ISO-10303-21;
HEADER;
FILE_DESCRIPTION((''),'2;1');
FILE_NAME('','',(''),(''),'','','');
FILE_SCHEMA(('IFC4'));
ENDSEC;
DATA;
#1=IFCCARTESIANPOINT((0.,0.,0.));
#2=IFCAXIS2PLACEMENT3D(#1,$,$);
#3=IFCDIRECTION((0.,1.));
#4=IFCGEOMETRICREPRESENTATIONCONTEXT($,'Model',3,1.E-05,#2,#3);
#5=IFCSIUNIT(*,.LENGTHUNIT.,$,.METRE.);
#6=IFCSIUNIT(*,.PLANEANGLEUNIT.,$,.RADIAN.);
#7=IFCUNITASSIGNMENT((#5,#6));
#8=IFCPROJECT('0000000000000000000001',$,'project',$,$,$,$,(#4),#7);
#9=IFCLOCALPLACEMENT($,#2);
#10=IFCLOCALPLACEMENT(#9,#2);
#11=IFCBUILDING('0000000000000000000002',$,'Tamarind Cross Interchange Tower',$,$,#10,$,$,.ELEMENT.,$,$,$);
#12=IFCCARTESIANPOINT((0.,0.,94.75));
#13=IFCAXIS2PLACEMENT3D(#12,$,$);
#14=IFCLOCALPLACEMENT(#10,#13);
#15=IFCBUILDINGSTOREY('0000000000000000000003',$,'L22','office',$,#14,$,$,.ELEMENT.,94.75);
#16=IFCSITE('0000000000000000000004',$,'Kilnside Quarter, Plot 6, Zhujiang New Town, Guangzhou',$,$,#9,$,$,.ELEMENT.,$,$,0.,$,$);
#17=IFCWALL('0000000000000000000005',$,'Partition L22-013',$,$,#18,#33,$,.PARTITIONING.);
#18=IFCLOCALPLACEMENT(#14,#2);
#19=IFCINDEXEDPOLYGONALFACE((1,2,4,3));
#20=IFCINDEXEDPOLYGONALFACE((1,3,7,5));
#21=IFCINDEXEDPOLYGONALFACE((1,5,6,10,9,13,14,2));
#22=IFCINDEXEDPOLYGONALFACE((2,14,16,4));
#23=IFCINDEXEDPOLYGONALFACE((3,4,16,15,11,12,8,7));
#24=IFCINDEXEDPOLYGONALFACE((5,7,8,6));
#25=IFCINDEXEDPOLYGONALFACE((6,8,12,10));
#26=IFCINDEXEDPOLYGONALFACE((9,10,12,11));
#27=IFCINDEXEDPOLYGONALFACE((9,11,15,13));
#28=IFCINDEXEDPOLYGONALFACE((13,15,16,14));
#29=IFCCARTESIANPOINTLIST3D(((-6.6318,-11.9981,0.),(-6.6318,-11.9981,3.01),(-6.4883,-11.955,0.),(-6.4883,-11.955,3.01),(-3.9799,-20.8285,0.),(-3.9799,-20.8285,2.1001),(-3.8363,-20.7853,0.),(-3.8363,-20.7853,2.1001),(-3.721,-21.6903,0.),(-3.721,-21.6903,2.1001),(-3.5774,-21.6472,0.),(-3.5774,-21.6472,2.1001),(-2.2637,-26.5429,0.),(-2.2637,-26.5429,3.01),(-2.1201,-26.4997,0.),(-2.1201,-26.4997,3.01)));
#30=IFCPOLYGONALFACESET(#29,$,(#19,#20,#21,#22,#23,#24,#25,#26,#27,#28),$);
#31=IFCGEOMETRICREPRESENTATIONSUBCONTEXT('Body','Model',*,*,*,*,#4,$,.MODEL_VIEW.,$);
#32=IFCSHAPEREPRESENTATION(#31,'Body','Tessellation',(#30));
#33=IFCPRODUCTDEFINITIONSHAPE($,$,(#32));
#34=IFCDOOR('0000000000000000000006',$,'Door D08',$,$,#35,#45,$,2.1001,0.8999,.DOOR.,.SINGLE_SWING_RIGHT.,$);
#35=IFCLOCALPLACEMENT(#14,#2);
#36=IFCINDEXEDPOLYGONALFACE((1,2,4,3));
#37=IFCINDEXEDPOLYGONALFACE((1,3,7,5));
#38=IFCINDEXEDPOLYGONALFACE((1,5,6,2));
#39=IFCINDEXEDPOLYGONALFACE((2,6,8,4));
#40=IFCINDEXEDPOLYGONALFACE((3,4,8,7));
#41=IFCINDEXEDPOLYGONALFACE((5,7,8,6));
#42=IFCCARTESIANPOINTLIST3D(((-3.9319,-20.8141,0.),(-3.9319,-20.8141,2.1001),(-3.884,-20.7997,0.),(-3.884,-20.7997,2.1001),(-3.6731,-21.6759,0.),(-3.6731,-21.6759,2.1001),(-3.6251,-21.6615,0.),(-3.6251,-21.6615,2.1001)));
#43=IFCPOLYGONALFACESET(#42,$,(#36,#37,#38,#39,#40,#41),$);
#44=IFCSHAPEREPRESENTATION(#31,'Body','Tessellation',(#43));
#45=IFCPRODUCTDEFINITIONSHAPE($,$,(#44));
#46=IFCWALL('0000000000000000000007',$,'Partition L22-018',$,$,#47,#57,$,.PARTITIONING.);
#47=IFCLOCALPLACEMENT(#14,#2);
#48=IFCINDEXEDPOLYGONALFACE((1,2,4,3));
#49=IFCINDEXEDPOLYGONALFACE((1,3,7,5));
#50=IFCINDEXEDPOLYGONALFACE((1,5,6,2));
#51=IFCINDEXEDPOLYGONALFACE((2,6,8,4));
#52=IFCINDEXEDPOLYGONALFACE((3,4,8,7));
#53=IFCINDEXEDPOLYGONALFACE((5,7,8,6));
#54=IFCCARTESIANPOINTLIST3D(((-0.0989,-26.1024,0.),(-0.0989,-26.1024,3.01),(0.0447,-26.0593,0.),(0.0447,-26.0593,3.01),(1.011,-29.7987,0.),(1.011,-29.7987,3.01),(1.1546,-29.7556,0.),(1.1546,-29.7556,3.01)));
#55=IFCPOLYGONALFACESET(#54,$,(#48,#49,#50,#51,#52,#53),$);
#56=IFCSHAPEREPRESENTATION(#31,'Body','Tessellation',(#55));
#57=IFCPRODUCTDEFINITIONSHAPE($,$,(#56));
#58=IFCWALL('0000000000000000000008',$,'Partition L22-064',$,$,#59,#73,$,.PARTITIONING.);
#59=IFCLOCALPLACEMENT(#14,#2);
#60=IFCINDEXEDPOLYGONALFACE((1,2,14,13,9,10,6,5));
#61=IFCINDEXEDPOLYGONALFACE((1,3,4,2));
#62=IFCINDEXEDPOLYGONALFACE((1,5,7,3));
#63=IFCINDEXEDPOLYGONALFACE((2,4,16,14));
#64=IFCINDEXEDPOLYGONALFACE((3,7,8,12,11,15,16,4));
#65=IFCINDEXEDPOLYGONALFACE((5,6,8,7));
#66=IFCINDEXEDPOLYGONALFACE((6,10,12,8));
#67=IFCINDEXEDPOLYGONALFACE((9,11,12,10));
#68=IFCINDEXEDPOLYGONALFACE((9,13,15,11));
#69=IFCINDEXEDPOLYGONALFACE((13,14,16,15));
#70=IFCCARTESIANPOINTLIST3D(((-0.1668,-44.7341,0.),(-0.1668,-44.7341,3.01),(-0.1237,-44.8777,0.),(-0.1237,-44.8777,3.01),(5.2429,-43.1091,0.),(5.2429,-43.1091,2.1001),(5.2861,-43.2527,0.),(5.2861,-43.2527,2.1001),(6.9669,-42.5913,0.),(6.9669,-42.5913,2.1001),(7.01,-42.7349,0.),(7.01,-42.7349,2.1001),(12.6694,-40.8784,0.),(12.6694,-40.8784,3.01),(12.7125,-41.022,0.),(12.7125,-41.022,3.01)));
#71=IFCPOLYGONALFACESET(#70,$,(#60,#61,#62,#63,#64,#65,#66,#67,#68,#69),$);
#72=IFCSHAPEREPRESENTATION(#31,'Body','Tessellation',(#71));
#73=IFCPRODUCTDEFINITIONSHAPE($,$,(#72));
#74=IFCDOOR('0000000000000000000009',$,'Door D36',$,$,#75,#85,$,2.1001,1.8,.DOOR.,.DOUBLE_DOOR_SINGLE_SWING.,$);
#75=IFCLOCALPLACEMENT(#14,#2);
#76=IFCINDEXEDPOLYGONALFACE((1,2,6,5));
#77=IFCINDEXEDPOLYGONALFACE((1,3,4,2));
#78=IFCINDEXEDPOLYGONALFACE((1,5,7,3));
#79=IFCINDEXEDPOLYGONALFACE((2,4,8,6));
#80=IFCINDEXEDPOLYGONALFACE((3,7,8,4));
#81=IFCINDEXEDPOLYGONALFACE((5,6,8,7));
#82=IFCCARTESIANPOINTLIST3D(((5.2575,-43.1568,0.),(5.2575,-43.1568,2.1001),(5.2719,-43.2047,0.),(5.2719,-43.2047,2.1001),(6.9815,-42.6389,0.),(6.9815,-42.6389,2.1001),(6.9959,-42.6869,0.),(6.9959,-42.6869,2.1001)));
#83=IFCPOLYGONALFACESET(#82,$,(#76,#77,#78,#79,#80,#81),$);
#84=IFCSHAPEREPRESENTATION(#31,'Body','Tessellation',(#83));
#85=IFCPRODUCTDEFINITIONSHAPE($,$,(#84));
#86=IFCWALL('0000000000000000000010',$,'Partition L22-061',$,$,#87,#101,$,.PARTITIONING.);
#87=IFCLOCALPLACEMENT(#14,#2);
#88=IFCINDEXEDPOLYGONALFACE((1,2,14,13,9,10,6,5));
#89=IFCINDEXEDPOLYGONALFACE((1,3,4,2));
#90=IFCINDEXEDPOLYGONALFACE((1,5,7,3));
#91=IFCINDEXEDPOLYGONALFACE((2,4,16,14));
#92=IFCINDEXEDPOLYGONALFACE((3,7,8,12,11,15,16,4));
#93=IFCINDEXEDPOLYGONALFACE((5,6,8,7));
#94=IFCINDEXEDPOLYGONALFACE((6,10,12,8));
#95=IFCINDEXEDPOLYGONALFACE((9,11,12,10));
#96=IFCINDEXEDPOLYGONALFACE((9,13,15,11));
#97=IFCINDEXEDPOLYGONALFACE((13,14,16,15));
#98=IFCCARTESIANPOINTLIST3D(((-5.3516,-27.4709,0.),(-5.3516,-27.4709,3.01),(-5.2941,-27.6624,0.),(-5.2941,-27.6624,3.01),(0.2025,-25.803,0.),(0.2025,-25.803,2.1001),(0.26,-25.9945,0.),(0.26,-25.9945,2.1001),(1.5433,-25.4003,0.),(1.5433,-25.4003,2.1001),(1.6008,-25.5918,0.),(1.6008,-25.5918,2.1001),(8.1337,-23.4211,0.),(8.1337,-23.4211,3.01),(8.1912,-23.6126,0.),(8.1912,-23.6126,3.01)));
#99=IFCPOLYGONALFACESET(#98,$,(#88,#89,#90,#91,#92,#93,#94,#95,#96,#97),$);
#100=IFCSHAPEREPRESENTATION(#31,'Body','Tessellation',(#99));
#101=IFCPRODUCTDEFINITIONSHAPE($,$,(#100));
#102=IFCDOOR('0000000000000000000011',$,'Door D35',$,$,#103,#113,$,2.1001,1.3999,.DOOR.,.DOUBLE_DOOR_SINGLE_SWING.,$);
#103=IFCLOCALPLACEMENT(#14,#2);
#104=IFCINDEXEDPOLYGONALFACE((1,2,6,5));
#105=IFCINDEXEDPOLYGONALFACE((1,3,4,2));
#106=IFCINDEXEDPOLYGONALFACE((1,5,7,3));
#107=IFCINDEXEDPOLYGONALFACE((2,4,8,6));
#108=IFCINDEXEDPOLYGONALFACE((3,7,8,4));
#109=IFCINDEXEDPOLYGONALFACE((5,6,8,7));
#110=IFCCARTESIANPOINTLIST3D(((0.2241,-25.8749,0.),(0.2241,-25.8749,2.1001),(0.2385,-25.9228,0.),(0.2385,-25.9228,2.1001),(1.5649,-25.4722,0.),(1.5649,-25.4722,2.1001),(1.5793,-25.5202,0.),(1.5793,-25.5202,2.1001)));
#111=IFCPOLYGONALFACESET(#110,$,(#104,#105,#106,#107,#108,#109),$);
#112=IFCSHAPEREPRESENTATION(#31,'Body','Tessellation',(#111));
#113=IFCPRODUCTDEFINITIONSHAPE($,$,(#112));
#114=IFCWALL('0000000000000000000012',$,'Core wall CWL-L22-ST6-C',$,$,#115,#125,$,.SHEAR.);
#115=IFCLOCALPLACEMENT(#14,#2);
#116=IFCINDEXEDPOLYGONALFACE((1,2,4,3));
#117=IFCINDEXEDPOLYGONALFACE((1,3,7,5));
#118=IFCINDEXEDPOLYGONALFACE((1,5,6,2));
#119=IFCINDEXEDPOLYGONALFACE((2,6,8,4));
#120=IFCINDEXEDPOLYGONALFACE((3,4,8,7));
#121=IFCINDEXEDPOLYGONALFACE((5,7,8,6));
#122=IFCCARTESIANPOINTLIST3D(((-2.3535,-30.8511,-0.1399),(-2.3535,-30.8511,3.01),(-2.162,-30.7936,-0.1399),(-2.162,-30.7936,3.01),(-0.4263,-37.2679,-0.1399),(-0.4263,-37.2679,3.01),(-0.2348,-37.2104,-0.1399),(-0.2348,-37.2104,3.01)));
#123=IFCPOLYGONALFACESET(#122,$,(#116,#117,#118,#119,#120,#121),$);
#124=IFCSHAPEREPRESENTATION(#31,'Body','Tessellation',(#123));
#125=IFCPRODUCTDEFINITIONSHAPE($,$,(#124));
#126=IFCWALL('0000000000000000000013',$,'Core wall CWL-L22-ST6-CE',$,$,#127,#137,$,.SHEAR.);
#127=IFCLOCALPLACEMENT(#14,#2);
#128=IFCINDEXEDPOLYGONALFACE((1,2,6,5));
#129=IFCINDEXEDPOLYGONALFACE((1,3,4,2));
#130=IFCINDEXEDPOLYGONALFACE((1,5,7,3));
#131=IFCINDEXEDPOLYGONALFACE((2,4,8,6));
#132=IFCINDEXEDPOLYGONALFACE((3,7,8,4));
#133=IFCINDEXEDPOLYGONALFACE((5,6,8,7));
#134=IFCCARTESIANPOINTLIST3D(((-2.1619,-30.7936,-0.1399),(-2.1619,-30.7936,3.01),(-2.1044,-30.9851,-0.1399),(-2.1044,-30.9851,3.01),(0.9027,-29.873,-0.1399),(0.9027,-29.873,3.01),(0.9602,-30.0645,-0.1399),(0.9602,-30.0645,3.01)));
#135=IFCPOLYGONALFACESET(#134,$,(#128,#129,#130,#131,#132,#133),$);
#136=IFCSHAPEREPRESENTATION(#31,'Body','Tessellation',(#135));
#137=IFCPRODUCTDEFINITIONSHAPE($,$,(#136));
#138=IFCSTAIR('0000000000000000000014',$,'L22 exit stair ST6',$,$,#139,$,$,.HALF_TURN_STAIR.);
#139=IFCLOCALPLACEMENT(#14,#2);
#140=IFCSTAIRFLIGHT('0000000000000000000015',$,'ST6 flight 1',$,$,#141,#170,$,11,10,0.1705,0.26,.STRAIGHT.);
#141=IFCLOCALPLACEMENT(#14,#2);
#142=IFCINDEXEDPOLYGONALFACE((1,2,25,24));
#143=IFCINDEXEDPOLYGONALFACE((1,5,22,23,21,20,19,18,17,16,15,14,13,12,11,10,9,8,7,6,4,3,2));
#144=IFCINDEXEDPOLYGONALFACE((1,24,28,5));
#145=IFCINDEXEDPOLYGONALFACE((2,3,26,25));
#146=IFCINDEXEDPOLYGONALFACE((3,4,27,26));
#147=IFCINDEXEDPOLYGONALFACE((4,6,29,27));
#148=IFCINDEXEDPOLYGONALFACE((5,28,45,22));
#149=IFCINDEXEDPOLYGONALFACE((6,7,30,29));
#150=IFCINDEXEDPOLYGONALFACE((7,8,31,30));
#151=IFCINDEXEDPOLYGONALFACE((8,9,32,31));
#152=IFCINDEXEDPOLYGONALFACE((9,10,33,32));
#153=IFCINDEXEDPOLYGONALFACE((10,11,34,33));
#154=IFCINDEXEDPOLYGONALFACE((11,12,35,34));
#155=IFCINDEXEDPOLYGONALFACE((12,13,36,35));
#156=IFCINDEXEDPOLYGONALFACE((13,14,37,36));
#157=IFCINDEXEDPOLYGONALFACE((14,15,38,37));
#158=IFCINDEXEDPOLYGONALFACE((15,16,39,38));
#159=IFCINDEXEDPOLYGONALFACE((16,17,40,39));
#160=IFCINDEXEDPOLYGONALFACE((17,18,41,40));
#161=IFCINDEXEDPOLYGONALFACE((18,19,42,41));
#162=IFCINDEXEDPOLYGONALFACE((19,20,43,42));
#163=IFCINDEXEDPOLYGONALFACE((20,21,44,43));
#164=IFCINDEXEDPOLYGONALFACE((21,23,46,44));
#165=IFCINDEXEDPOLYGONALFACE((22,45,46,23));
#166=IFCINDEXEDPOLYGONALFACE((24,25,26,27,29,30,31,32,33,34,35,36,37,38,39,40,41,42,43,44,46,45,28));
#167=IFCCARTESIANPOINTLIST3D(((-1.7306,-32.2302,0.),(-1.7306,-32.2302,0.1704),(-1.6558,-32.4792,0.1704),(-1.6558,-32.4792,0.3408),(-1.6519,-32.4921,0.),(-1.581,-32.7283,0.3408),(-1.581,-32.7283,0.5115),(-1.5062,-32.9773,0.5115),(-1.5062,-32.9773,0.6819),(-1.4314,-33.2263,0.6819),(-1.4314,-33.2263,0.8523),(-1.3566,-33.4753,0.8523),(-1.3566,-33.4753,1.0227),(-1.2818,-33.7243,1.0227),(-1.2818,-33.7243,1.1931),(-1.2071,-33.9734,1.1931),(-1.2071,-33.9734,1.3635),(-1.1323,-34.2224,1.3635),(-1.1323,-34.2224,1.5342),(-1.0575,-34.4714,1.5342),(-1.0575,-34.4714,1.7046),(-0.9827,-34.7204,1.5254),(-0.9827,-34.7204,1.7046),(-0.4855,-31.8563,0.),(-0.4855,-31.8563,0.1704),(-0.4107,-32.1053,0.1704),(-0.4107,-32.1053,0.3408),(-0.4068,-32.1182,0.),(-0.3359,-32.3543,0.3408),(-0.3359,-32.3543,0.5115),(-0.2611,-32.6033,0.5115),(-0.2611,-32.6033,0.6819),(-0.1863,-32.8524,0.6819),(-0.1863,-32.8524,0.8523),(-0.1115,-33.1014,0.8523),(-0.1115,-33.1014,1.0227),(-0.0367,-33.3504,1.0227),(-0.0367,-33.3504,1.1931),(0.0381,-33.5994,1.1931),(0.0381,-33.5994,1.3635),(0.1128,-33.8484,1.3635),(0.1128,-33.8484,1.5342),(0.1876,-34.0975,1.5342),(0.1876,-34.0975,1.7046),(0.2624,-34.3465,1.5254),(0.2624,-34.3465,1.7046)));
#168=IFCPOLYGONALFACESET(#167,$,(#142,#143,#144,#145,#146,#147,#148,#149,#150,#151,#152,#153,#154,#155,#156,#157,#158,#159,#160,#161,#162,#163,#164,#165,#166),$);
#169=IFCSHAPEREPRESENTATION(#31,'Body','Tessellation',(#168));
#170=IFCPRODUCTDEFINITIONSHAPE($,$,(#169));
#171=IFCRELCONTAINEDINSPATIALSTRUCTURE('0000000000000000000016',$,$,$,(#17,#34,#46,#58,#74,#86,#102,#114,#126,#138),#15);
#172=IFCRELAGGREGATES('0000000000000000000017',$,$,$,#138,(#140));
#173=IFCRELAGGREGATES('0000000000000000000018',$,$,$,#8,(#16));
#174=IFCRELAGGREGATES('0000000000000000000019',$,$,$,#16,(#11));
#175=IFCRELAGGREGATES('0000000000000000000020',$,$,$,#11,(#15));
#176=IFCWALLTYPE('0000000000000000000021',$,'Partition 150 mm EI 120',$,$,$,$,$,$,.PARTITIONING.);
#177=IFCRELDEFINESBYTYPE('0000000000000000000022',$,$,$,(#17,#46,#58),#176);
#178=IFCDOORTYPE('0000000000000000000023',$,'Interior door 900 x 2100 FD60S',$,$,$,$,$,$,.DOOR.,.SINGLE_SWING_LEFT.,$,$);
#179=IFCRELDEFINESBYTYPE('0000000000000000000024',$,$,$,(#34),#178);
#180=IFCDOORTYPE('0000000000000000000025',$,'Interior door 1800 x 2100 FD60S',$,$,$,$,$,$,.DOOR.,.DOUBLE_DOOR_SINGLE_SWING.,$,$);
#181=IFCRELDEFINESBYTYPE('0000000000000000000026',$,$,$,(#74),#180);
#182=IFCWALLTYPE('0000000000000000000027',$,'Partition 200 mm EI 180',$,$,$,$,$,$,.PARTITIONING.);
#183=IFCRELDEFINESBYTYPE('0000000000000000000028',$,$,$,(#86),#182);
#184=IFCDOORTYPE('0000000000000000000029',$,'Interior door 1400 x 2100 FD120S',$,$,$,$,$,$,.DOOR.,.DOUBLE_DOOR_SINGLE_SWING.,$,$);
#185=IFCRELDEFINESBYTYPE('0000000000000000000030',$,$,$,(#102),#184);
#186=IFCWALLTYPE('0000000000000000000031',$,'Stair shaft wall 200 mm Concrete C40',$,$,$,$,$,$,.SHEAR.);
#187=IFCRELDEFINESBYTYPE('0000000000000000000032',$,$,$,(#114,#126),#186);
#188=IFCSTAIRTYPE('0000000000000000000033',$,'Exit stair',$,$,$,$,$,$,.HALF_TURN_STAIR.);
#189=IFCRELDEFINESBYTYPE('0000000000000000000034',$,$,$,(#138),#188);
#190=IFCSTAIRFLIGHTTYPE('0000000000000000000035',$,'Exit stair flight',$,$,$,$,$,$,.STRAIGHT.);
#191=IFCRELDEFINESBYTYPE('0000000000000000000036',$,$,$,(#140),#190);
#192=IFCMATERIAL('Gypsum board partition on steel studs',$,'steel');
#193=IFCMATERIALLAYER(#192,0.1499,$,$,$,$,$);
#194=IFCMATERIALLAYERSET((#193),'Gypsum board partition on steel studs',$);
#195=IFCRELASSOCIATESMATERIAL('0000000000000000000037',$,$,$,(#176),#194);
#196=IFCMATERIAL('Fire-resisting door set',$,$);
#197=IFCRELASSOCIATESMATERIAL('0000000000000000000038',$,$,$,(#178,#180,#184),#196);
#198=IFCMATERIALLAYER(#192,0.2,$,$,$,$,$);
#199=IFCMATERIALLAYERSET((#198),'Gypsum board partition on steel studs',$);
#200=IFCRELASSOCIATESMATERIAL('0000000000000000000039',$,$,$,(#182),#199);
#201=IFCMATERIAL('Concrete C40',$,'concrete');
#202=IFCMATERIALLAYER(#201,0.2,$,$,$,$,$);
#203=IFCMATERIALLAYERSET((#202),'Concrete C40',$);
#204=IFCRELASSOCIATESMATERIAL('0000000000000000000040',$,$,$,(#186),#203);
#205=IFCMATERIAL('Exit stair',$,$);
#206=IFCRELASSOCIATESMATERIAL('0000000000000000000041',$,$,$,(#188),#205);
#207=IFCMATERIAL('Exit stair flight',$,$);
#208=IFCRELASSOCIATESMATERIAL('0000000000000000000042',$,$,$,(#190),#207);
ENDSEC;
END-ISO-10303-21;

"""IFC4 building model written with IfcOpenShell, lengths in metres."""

from ifc_helpers import new_model, si_unit, direction, frame, frame_2d, origin, place, context, subcontext, project, spatial, polyline, rectangle, outline, extrude, material, layer, layer_set, type_object, element, fill, aggregate, save


model = new_model("IFC4")

# Units and contexts
model_context = context("Model", 3, precision=1e-05, world=origin(), true_north=direction((0.0, 1.0)))
body_context = subcontext(model_context, "Body", "Model", "MODEL_VIEW")
ifc_project = project(units=[si_unit("LENGTHUNIT", "METRE"), si_unit("PLANEANGLEUNIT", "RADIAN")], contexts=[model_context])

# Site, building, storey
site_placement = place(None, origin())
site = spatial("IfcSite", under=ifc_project, at=site_placement, Name="Kilnside Quarter, Plot 6, Zhujiang New Town, Guangzhou", CompositionType="ELEMENT", RefElevation=0.0)
building_placement = place(site_placement, origin())
building = spatial("IfcBuilding", under=site, at=building_placement, Name="Tamarind Cross Interchange Tower", CompositionType="ELEMENT")
storey_placement = place(building_placement, frame((0.0, 0.0, 94.75)))
storey = spatial("IfcBuildingStorey", under=building, at=storey_placement, Name="L22", Description="office", CompositionType="ELEMENT", Elevation=94.75)

# Shared definitions
ifc_material_1 = material(Name="Gypsum board partition on steel studs", Category="steel")
ifc_layer_1 = layer(ifc_material_1, 0.1499)
ifc_layer_set_1 = layer_set([ifc_layer_1], Name="Gypsum board partition on steel studs")
wall_type_1 = type_object("IfcWallType", Name="Partition 150 mm EI 120", PredefinedType="PARTITIONING", material=ifc_layer_set_1)

# Wall, opening, door
wall_1_placement = place(storey_placement, frame((-6.5601, -11.9766, 0.0), z_axis=(0.0, 0.0, 1.0), x_axis=(0.287635, -0.95774, 0.0)))
wall_1 = element("IfcWall", 1, at=wall_1_placement, inside=storey, type_object=wall_type_1, Name="Partition L22-013", PredefinedType="PARTITIONING", context=body_context, shape_type="SweptSolid", body=[
    extrude(rectangle(XDim=15.1865, YDim=0.1499, at=frame_2d((7.5933, 0.0))), origin(), (0.0, 0.0, 1.0), 3.01),
])
opening_1_placement = place(wall_1_placement, frame((9.22, 0.0, 0.0)))
opening_1 = element("IfcOpeningElement", 2, at=opening_1_placement, cuts=wall_1, PredefinedType="OPENING", context=body_context, shape_type="SweptSolid", body=[
    extrude(rectangle(XDim=0.8999, YDim=2.1001, at=frame_2d((0.45, 1.05))), frame((0.0, 0.085, 0.0), z_axis=(0.0, -1.0, 0.0), x_axis=(1.0, 0.0, 0.0)), (0.0, 0.0, 1.0), 0.1699),
])
ifc_material_2 = material(Name="Fire-resisting door set")
door_type_1 = type_object("IfcDoorType", Name="Interior door 900 x 2100 FD60S", OperationType="SINGLE_SWING_LEFT", PredefinedType="DOOR", material=ifc_material_2)
door_1_placement = place(opening_1_placement, frame((0.8999, 0.0, 0.0), z_axis=(0.0, 0.0, 1.0), x_axis=(-1.0, 0.0, 0.0)))
door_1 = element("IfcDoor", 3, at=door_1_placement, inside=storey, type_object=door_type_1, Name="Door D08", OperationType="SINGLE_SWING_RIGHT", OverallHeight=2.1001, OverallWidth=0.8999, PredefinedType="DOOR", context=body_context, shape_type="SweptSolid", body=[
    extrude(rectangle(XDim=0.8999, YDim=2.1001, at=frame_2d((0.45, 1.05))), frame((0.0, 0.0249, 0.0), z_axis=(0.0, -1.0, 0.0), x_axis=(1.0, 0.0, 0.0)), (0.0, 0.0, 1.0), 0.05),
])
fill(opening_1, door_1)

# Wall
wall_2_placement = place(storey_placement, frame((-0.0271, -26.0808, 0.0), z_axis=(0.0, 0.0, 1.0), x_axis=(0.28758, -0.957757, 0.0)))
element("IfcWall", 4, at=wall_2_placement, inside=storey, type_object=wall_type_1, Name="Partition L22-018", PredefinedType="PARTITIONING", context=body_context, shape_type="SweptSolid", body=[
    extrude(rectangle(XDim=3.8594, YDim=0.1499, at=frame_2d((1.9297, 0.0))), origin(), (0.0, 0.0, 1.0), 3.01),
])

# Walls, openings, doors
wall_3_placement = place(storey_placement, frame((-0.1453, -44.8059, 0.0), z_axis=(0.0, 0.0, 1.0), x_axis=(0.957726, 0.28768, 0.0)))
wall_3 = element("IfcWall", 5, at=wall_3_placement, inside=storey, type_object=wall_type_1, Name="Partition L22-064", PredefinedType="PARTITIONING", context=body_context, shape_type="SweptSolid", body=[
    extrude(rectangle(XDim=13.4028, YDim=0.1499, at=frame_2d((6.7014, 0.0))), origin(), (0.0, 0.0, 1.0), 3.01),
])
opening_2_placement = place(wall_3_placement, frame((5.6487, 0.0, 0.0)))
opening_2 = element("IfcOpeningElement", 6, at=opening_2_placement, cuts=wall_3, PredefinedType="OPENING", context=body_context, shape_type="SweptSolid", body=[
    extrude(rectangle(XDim=1.8, YDim=2.1001, at=frame_2d((0.8999, 1.05))), frame((0.0, 0.085, 0.0), z_axis=(0.0, -1.0, 0.0), x_axis=(1.0, 0.0, 0.0)), (0.0, 0.0, 1.0), 0.1699),
])
door_type_2 = type_object("IfcDoorType", Name="Interior door 1800 x 2100 FD60S", OperationType="DOUBLE_DOOR_SINGLE_SWING", PredefinedType="DOOR", material=ifc_material_2)
door_2_placement = place(opening_2_placement, frame((1.8, 0.0, 0.0), z_axis=(0.0, 0.0, 1.0), x_axis=(-1.0, 0.0, 0.0)))
door_2 = element("IfcDoor", 7, at=door_2_placement, inside=storey, type_object=door_type_2, Name="Door D36", OperationType="DOUBLE_DOOR_SINGLE_SWING", OverallHeight=2.1001, OverallWidth=1.8, PredefinedType="DOOR", context=body_context, shape_type="SweptSolid", body=[
    extrude(rectangle(XDim=1.8, YDim=2.1001, at=frame_2d((0.8999, 1.05))), frame((0.0, 0.0249, 0.0), z_axis=(0.0, -1.0, 0.0), x_axis=(1.0, 0.0, 0.0)), (0.0, 0.0, 1.0), 0.05),
])
fill(opening_2, door_2)
ifc_layer_2 = layer(ifc_material_1, 0.2)
ifc_layer_set_2 = layer_set([ifc_layer_2], Name="Gypsum board partition on steel studs")
wall_type_2 = type_object("IfcWallType", Name="Partition 200 mm EI 180", PredefinedType="PARTITIONING", material=ifc_layer_set_2)
wall_4_placement = place(storey_placement, frame((-5.3228, -27.5667, 0.0), z_axis=(0.0, 0.0, 1.0), x_axis=(0.957744, 0.287621, 0.0)))
wall_4 = element("IfcWall", 8, at=wall_4_placement, inside=storey, type_object=wall_type_2, Name="Partition L22-061", PredefinedType="PARTITIONING", context=body_context, shape_type="SweptSolid", body=[
    extrude(rectangle(XDim=14.0803, YDim=0.2, at=frame_2d((7.04, 0.0))), origin(), (0.0, 0.0, 1.0), 3.01),
])
opening_3_placement = place(wall_4_placement, frame((5.7991, 0.0, 0.0)))
opening_3 = element("IfcOpeningElement", 9, at=opening_3_placement, cuts=wall_4, PredefinedType="OPENING", context=body_context, shape_type="SweptSolid", body=[
    extrude(rectangle(XDim=1.3999, YDim=2.1001, at=frame_2d((0.7, 1.05))), frame((0.0, 0.1099, 0.0), z_axis=(0.0, -1.0, 0.0), x_axis=(1.0, 0.0, 0.0)), (0.0, 0.0, 1.0), 0.22),
])
door_type_3 = type_object("IfcDoorType", Name="Interior door 1400 x 2100 FD120S", OperationType="DOUBLE_DOOR_SINGLE_SWING", PredefinedType="DOOR", material=ifc_material_2)
door_3_placement = place(opening_3_placement, origin())
door_3 = element("IfcDoor", 10, at=door_3_placement, inside=storey, type_object=door_type_3, Name="Door D35", OperationType="DOUBLE_DOOR_SINGLE_SWING", OverallHeight=2.1001, OverallWidth=1.3999, PredefinedType="DOOR", context=body_context, shape_type="SweptSolid", body=[
    extrude(rectangle(XDim=1.3999, YDim=2.1001, at=frame_2d((0.7, 1.05))), frame((0.0, 0.0249, 0.0), z_axis=(0.0, -1.0, 0.0), x_axis=(1.0, 0.0, 0.0)), (0.0, 0.0, 1.0), 0.05),
])
fill(opening_3, door_3)

# Walls
ifc_material_3 = material(Name="Concrete C40", Category="concrete")
ifc_layer_3 = layer(ifc_material_3, 0.2)
ifc_layer_set_3 = layer_set([ifc_layer_3], Name="Concrete C40")
wall_type_3 = type_object("IfcWallType", Name="Stair shaft wall 200 mm Concrete C40", PredefinedType="SHEAR", material=ifc_layer_set_3)
wall_5_placement = place(storey_placement, frame((-2.2578, -30.8223, -0.1399), z_axis=(0.0, 0.0, 1.0), x_axis=(0.287652, -0.957735, 0.0)))
element("IfcWall", 11, at=wall_5_placement, inside=storey, type_object=wall_type_3, Name="Core wall CWL-L22-ST6-C", PredefinedType="SHEAR", context=body_context, shape_type="SweptSolid", body=[
    extrude(rectangle(XDim=6.7, YDim=0.2, at=frame_2d((3.3501, 0.0))), origin(), (0.0, 0.0, 1.0), 3.1499),
])
wall_6_placement = place(storey_placement, frame((-2.1333, -30.8894, -0.1399), z_axis=(0.0, 0.0, 1.0), x_axis=(0.957719, 0.287705, 0.0)))
element("IfcWall", 12, at=wall_6_placement, inside=storey, type_object=wall_type_3, Name="Core wall CWL-L22-ST6-CE", PredefinedType="SHEAR", context=body_context, shape_type="SweptSolid", body=[
    extrude(rectangle(XDim=3.2, YDim=0.2, at=frame_2d((1.6001, 0.0))), origin(), (0.0, 0.0, 1.0), 3.1499),
])

# Stair, stair flight
ifc_material_4 = material(Name="Exit stair")
stair_type = type_object("IfcStairType", Name="Exit stair", PredefinedType="HALF_TURN_STAIR", material=ifc_material_4)
stair_placement = place(storey_placement, origin())
stair = element("IfcStair", 13, at=stair_placement, inside=storey, type_object=stair_type, Name="L22 exit stair ST6", PredefinedType="HALF_TURN_STAIR")
ifc_material_5 = material(Name="Exit stair flight")
stair_flight_type = type_object("IfcStairFlightType", Name="Exit stair flight", PredefinedType="STRAIGHT", material=ifc_material_5)
stair_flight_placement = place(storey_placement, frame((-1.1079, -32.0432, 0.0), z_axis=(0.0, 0.0, 1.0), x_axis=(0.287641, -0.957738, 0.0)))
stair_flight = element("IfcStairFlight", 14, at=stair_flight_placement, type_object=stair_flight_type, Name="ST6 flight 1", NumberOfRisers=11, NumberOfTreads=10, PredefinedType="STRAIGHT", RiserHeight=0.1705, TreadLength=0.26, context=body_context, shape_type="SweptSolid", body=[
    extrude(outline(polyline([(0.0, 0.0), (0.0, 0.1704), (0.26, 0.1704), (0.26, 0.3408), (0.52, 0.3408), (0.52, 0.5115), (0.78, 0.5115), (0.78, 0.6819), (1.04, 0.6819), (1.04, 0.8523), (1.3, 0.8523), (1.3, 1.0227), (1.5601, 1.0227), (1.5601, 1.1931), (1.8201, 1.1931), (1.8201, 1.3635), (2.0801, 1.3635), (2.0801, 1.5342), (2.3401, 1.5342), (2.3401, 1.7046), (2.6001, 1.7046), (2.6001, 1.875), (2.6001, 1.5254), (0.2734, 0.0), (0.0, 0.0)])), frame((0.0, 0.6499, 0.0), z_axis=(0.0, -1.0, 0.0), x_axis=(1.0, 0.0, 0.0)), (0.0, 0.0, 1.0), 1.3),
])
aggregate(stair, [stair_flight])

save(model, "model.ifc")
